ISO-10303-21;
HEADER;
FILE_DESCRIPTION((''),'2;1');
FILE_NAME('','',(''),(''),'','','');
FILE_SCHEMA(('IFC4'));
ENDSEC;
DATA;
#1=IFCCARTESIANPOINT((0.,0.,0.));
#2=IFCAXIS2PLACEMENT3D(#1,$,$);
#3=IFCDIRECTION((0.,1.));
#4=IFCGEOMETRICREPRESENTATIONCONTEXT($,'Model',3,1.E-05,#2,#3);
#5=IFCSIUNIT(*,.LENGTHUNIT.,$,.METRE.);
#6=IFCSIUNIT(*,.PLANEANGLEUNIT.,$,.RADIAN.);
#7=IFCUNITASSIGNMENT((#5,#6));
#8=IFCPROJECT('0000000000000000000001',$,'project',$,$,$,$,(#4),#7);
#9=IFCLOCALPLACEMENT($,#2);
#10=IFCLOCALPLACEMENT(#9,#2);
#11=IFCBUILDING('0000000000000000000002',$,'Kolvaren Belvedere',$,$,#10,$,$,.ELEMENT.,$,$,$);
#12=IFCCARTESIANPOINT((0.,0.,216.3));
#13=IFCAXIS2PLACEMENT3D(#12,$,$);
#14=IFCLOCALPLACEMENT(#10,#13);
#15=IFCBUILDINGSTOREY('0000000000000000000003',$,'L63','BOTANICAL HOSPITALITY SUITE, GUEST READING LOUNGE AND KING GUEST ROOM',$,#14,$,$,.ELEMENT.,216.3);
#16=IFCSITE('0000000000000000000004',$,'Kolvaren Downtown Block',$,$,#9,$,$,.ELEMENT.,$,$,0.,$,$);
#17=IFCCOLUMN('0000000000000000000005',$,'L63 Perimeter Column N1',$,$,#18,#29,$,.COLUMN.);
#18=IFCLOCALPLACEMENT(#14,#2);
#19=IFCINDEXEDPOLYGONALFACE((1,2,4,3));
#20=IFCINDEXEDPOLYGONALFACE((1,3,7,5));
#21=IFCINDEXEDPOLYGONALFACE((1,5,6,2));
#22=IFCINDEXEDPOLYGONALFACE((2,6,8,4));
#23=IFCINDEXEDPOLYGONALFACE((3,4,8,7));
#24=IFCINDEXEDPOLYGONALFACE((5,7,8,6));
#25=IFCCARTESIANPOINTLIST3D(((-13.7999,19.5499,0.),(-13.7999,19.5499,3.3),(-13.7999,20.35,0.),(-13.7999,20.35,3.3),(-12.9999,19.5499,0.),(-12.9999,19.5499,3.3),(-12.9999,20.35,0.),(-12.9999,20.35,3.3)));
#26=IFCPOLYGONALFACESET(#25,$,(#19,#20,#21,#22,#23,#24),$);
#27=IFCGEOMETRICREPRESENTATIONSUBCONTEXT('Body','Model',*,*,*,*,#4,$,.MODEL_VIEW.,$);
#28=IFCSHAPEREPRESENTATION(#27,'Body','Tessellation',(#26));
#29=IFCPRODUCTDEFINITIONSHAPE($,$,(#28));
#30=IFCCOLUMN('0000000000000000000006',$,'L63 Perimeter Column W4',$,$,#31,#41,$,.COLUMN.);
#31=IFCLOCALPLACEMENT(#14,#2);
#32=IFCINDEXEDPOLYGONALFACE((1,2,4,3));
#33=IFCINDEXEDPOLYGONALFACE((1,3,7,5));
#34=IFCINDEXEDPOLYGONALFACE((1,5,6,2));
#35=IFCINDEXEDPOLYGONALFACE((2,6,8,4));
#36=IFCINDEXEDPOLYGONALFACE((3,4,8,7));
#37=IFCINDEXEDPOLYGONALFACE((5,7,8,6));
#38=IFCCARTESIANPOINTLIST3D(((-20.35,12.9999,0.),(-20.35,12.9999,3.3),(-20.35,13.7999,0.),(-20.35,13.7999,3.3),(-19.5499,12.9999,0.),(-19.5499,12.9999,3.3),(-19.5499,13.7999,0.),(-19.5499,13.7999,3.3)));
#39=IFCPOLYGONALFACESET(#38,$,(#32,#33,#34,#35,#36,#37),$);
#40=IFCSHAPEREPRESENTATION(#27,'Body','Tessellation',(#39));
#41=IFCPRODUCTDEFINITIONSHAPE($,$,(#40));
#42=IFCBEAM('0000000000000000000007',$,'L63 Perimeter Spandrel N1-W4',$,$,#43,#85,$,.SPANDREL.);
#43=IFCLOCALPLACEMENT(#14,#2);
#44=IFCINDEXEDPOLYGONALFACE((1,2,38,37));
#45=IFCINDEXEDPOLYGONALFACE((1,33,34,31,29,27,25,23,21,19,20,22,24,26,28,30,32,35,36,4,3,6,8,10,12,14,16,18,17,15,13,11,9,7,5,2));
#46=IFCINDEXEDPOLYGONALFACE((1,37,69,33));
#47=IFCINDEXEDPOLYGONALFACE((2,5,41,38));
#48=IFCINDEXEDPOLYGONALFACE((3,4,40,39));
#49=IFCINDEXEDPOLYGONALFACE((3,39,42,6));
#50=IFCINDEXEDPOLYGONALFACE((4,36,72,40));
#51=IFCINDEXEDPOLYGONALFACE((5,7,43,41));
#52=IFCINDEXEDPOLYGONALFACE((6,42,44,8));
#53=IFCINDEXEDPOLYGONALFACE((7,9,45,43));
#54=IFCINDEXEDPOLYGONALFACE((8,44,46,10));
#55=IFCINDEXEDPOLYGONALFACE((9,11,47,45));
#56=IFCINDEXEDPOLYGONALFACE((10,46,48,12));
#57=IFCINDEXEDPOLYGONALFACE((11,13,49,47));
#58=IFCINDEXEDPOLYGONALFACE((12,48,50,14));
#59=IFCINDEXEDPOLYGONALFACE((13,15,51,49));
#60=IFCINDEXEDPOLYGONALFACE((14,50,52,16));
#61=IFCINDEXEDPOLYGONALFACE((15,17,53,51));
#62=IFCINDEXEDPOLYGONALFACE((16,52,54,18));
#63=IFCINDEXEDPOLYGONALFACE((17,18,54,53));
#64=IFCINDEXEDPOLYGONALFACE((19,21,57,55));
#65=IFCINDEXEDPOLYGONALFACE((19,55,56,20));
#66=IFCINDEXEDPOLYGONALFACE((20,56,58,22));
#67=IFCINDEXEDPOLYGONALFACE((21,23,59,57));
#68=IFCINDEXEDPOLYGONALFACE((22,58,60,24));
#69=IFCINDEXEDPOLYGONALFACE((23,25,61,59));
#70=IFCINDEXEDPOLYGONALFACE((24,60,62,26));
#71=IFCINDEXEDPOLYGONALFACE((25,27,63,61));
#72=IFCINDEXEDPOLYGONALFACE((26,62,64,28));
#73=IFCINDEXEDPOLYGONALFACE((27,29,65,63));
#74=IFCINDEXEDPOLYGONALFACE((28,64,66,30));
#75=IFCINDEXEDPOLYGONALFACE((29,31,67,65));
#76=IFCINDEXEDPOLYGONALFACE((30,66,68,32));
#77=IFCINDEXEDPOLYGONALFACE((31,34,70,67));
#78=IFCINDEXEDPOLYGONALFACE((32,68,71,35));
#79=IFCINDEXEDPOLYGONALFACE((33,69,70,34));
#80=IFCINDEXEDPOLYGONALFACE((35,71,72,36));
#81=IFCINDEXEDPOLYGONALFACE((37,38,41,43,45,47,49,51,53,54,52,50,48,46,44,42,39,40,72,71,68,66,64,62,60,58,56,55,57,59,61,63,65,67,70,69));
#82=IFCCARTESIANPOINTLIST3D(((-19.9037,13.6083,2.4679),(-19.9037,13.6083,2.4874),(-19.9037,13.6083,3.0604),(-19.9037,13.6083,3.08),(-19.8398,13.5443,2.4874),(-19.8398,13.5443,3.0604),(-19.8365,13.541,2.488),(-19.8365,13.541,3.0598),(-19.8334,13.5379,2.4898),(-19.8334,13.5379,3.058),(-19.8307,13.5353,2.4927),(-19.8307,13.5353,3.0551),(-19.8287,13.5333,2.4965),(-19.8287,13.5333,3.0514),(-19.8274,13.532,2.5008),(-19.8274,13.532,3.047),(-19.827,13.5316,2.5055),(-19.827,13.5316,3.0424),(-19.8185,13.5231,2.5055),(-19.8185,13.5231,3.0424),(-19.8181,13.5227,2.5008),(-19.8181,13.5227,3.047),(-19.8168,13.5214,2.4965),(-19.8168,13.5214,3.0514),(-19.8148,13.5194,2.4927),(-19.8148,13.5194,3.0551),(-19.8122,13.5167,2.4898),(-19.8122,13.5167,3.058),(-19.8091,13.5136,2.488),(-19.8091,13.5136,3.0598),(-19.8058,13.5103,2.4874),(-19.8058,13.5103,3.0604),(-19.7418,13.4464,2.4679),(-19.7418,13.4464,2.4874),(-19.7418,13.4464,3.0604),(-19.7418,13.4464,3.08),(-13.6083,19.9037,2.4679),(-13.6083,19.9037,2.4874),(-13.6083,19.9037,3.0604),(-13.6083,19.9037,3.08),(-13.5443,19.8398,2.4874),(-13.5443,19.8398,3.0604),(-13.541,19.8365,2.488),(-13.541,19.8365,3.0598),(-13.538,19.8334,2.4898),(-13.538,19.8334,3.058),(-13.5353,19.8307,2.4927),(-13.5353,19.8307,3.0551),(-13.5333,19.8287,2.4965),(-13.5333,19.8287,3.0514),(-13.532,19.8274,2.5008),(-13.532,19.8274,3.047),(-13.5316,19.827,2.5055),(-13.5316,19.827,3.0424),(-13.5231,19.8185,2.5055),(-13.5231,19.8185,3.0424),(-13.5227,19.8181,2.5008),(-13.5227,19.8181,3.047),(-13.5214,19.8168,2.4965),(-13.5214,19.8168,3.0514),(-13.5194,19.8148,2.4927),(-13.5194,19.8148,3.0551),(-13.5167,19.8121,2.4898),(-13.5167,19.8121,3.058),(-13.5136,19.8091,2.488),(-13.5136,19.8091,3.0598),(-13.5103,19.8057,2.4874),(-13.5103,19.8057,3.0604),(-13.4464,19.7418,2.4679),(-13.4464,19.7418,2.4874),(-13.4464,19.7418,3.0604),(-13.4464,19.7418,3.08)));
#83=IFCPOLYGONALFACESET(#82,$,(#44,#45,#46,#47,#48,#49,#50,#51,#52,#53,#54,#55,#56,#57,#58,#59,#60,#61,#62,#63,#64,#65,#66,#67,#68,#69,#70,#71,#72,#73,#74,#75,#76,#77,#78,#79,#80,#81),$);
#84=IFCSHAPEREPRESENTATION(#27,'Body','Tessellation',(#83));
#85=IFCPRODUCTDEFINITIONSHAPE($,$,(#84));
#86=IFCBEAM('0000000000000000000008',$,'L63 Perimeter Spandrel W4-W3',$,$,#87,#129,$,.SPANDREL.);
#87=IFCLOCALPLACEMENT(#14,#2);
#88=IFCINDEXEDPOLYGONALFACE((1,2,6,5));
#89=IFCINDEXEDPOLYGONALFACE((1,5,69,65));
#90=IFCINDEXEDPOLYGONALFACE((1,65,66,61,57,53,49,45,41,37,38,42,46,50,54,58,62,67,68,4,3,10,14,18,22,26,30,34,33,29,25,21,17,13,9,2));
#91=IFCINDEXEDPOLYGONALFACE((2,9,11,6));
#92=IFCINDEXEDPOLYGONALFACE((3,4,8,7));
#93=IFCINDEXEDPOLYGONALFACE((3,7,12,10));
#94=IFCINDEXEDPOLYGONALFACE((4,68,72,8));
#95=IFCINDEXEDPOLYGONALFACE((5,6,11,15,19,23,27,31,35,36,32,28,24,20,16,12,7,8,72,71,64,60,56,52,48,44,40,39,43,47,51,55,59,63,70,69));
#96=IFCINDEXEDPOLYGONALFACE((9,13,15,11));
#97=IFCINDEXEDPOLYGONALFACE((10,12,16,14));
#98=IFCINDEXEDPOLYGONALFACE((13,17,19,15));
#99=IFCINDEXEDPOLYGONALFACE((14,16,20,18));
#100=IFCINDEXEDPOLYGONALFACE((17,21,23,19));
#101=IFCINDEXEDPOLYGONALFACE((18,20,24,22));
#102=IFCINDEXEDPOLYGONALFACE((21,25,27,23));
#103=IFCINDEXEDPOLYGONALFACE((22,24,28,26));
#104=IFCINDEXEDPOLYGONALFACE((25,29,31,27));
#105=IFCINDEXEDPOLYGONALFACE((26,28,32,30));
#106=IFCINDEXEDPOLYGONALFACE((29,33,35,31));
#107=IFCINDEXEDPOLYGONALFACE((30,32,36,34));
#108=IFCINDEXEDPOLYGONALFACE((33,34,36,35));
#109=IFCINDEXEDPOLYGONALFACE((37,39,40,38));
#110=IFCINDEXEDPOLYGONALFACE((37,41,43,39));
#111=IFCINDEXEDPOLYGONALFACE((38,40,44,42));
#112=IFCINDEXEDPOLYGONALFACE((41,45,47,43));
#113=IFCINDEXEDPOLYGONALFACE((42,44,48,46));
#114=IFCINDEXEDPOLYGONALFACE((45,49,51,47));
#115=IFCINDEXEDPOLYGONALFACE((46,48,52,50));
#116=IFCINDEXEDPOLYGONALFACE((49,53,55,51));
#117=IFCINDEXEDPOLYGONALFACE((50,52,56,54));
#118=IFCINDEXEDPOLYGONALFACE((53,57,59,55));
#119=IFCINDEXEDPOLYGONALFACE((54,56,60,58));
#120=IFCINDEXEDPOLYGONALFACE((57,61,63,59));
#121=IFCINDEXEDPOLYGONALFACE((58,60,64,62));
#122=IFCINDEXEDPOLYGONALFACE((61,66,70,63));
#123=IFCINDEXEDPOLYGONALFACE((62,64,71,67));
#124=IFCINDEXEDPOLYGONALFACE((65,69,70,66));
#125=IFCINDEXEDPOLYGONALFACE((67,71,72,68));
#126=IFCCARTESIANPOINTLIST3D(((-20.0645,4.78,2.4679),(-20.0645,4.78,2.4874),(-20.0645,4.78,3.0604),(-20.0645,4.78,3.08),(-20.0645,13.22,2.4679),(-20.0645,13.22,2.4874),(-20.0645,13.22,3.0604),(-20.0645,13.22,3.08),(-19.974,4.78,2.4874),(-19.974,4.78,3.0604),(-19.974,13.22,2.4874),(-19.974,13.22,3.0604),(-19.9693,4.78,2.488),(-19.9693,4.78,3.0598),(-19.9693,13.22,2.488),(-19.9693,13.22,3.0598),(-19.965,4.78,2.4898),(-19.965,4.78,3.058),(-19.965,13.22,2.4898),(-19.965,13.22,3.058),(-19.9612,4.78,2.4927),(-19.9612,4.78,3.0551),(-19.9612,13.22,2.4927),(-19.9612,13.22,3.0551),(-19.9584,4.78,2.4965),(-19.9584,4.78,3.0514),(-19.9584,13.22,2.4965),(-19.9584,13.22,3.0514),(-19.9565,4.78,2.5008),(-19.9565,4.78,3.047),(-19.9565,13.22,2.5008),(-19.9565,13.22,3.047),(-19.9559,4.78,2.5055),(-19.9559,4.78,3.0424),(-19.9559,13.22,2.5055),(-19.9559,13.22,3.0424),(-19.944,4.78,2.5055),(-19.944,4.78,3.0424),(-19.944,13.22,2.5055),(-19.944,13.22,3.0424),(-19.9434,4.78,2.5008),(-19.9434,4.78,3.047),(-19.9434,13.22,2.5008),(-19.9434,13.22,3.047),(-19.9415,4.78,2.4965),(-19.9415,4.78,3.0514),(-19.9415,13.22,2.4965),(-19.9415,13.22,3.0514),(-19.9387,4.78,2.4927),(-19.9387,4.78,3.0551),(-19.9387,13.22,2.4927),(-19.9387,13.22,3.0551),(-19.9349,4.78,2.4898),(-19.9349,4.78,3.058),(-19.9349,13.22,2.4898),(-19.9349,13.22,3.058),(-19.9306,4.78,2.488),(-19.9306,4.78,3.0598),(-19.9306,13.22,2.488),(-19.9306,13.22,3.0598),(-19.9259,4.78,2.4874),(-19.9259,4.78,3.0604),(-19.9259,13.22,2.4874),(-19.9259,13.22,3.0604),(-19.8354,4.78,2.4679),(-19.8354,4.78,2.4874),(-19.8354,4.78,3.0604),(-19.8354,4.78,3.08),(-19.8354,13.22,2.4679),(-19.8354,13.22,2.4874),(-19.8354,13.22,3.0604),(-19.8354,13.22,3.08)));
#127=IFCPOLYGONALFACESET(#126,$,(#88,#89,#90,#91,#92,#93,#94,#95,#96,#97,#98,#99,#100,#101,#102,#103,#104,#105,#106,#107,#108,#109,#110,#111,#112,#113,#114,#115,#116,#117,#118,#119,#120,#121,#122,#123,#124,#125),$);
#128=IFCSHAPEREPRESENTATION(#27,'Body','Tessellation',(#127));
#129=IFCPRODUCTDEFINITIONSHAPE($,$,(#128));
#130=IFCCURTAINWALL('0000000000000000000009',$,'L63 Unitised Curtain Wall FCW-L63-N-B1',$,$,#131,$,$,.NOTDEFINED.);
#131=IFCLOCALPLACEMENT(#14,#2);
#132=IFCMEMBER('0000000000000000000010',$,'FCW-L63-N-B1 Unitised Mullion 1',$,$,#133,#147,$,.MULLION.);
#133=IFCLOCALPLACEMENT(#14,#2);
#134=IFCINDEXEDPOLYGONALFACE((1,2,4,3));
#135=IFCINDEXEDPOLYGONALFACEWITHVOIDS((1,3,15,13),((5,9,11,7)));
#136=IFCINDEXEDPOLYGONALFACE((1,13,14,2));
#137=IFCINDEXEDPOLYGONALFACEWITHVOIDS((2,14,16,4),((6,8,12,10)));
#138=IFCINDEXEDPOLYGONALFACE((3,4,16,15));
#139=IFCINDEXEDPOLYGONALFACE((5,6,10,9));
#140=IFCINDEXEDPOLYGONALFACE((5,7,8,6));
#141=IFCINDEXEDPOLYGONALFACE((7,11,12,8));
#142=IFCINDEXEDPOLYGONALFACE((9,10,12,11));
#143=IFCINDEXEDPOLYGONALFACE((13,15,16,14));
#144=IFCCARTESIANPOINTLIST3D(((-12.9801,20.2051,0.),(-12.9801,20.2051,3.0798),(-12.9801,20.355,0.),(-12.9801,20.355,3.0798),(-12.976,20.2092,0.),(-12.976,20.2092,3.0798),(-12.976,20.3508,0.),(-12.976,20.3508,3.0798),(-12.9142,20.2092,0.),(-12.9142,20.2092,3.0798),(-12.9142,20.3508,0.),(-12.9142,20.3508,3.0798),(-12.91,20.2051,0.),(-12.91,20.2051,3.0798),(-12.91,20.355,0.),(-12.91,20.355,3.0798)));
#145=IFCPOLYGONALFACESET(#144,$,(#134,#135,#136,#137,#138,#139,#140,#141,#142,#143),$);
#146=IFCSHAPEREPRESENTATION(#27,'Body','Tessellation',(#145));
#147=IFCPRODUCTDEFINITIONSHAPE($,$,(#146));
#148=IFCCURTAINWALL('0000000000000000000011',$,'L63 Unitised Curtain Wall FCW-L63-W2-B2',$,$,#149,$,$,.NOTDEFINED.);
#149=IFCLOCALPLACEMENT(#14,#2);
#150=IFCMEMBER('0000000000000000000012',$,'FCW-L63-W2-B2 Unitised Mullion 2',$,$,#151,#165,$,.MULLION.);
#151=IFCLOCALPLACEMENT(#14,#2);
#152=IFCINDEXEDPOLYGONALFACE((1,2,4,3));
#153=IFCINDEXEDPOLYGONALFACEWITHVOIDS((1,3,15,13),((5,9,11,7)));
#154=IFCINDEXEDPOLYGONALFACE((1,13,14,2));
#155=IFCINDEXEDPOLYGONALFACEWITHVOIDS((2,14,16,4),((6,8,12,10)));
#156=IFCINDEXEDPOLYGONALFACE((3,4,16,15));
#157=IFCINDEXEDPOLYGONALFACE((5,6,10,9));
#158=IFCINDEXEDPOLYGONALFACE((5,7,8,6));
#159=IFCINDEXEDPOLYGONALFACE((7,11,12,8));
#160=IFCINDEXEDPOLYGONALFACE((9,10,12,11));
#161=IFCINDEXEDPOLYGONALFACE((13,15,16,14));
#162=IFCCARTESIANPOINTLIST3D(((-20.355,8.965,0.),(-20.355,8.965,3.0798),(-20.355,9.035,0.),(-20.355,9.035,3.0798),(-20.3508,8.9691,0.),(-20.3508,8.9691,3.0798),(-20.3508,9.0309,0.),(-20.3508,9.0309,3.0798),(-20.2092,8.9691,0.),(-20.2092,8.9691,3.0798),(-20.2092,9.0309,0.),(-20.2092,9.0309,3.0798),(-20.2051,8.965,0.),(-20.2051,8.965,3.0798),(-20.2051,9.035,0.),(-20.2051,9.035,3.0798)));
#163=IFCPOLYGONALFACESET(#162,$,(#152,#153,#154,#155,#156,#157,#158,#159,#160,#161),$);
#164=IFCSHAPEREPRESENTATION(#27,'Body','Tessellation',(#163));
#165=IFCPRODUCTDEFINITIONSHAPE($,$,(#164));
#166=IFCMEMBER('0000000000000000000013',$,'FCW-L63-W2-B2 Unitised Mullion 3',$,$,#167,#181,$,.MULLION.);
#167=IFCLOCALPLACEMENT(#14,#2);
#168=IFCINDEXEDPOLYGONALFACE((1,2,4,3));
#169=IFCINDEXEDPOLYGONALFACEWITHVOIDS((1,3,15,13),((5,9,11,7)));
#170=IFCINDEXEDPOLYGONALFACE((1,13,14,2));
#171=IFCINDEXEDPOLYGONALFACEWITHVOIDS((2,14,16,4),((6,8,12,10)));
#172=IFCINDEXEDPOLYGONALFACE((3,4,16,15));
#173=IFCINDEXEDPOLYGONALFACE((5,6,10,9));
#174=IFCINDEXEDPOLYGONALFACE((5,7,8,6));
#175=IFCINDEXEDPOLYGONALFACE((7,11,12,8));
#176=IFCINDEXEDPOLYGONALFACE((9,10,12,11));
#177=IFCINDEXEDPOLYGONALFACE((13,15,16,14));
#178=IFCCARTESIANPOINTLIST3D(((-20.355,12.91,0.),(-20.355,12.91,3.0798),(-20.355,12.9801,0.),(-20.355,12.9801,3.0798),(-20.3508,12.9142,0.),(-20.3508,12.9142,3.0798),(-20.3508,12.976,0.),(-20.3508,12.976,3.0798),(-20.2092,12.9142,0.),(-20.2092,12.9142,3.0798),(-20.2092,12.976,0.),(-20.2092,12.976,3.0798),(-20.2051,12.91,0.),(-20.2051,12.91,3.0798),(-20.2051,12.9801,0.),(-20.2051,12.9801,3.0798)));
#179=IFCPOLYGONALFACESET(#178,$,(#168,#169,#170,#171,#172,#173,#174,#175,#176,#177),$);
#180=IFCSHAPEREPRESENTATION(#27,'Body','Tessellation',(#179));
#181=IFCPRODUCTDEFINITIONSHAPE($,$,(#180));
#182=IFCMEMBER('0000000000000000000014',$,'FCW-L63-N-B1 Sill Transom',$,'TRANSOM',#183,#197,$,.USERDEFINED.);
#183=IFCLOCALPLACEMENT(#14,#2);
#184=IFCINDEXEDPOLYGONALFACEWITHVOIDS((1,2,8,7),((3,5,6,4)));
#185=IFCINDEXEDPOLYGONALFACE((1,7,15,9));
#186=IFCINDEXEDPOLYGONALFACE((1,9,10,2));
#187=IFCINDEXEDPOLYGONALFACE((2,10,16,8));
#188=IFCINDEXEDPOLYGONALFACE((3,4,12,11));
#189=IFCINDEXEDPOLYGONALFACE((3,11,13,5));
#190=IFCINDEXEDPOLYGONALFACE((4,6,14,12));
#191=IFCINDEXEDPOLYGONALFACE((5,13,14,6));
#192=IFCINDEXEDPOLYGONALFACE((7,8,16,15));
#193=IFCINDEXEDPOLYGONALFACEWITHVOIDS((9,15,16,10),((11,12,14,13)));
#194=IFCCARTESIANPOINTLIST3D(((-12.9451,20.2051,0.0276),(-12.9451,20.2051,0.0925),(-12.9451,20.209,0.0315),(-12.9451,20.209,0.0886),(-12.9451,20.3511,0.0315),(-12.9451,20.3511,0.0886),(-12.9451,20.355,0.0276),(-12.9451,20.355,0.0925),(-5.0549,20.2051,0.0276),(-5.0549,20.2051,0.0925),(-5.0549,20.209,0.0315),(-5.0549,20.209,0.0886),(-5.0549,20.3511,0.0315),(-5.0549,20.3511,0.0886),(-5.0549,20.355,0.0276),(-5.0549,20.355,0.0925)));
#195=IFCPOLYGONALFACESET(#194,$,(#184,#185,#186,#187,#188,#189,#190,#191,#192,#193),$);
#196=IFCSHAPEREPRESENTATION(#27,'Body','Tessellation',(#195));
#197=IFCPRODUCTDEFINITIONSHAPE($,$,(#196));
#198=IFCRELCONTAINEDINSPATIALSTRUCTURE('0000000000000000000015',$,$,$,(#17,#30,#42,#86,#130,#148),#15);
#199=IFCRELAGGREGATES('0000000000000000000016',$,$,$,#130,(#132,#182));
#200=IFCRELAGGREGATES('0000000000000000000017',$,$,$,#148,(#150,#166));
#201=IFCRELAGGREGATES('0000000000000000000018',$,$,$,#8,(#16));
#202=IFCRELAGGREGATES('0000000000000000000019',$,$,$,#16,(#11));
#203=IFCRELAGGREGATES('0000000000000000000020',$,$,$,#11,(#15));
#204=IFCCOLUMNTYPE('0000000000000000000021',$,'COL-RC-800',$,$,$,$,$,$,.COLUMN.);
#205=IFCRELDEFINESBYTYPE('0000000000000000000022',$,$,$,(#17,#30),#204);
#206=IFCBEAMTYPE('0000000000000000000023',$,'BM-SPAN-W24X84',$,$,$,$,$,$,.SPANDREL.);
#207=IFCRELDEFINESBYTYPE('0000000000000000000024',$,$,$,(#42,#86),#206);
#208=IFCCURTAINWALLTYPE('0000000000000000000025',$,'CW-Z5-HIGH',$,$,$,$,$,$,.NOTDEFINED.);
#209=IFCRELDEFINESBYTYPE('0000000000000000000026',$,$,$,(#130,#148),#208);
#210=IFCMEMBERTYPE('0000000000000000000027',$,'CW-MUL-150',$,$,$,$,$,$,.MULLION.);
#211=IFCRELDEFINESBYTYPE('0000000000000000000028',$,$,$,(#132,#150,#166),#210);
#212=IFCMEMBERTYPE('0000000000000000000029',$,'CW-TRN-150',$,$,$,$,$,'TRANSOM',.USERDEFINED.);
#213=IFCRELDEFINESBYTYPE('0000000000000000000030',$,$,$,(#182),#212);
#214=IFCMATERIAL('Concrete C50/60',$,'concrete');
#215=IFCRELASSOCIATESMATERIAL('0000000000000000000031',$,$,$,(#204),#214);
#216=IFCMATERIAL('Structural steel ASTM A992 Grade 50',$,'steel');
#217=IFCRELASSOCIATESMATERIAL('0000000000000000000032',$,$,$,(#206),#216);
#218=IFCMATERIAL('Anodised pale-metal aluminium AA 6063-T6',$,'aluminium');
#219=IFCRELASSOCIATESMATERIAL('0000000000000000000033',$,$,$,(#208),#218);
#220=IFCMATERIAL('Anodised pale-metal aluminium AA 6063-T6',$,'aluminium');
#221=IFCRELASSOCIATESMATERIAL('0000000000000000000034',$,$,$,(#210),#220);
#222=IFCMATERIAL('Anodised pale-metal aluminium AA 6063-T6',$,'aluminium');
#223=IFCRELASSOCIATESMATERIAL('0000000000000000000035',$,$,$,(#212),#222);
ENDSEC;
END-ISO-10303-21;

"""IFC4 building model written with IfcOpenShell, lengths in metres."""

from ifc_helpers import new_model, si_unit, direction, frame, origin, origin_2d, place, context, subcontext, project, spatial, rectangle, hollow_rectangle, i_section, extrude, material, material_profile, profile_set, type_object, element, aggregate, save


model = new_model("IFC4")

# Units and contexts
model_context = context("Model", 3, precision=1e-05, world=origin(), true_north=direction((0.0, 1.0)))
body_context = subcontext(model_context, "Body", "Model", "MODEL_VIEW")
ifc_project = project(units=[si_unit("LENGTHUNIT", "METRE"), si_unit("PLANEANGLEUNIT", "RADIAN")], contexts=[model_context])

# Site, building, storey
site_placement = place(None, origin())
site = spatial("IfcSite", under=ifc_project, at=site_placement, Name="Kolvaren Downtown Block", CompositionType="ELEMENT", RefElevation=0.0)
building_placement = place(site_placement, origin())
building = spatial("IfcBuilding", under=site, at=building_placement, Name="Kolvaren Belvedere", CompositionType="ELEMENT")
storey_placement = place(building_placement, frame((0.0, 0.0, 216.3)))
storey = spatial("IfcBuildingStorey", under=building, at=storey_placement, Name="L63", Description="BOTANICAL HOSPITALITY SUITE, GUEST READING LOUNGE AND KING GUEST ROOM", CompositionType="ELEMENT", Elevation=216.3)

# Columns
ifc_material_1 = material(Name="Concrete C50/60", Category="concrete")
ifc_material_profile_1 = material_profile(ifc_material_1, rectangle(XDim=0.8, YDim=0.8, at=origin_2d()), Name="RC 800X800")
ifc_profile_set_1 = profile_set([ifc_material_profile_1], Name="Concrete C50/60")
column_type = type_object("IfcColumnType", Name="COL-RC-800", PredefinedType="COLUMN", material=ifc_profile_set_1)
for number, where, z_axis, x_axis, name in (
    (1, (-13.3999, 19.95, 0.0), (0.0, 0.0, 1.0), (1.0, 0.0, 0.0), "L63 Perimeter Column N1"),
    (2, (-19.95, 13.3999, 0.0), (0.0, 0.0, 1.0), (1.0, 0.0, 0.0), "L63 Perimeter Column W4"),
):
    element("IfcColumn", number, at=place(storey_placement, frame(where, z_axis=z_axis, x_axis=x_axis)), inside=storey, type_object=column_type, Name=name, PredefinedType="COLUMN", context=body_context, shape_type="SweptSolid", body=[
        extrude(rectangle(XDim=0.8, YDim=0.8, at=origin_2d()), origin(), (0.0, 0.0, 1.0), 3.3),
    ])

# Beams
ifc_material_2 = material(Name="Structural steel ASTM A992 Grade 50", Category="steel")
ifc_material_profile_2 = material_profile(ifc_material_2, i_section(OverallWidth=0.229, OverallDepth=0.6121, WebThickness=0.012, FlangeThickness=0.0195, FilletRadius=0.0181, at=origin_2d()), Name="W24X84")
ifc_profile_set_2 = profile_set([ifc_material_profile_2], Name="Structural steel ASTM A992 Grade 50")
beam_type = type_object("IfcBeamType", Name="BM-SPAN-W24X84", PredefinedType="SPANDREL", material=ifc_profile_set_2)
beam_1_placement = place(storey_placement, frame((-13.5273, 19.8228, 2.7739), z_axis=(-0.707107, -0.707107, 0.0), x_axis=(0.707107, -0.707107, 0.0)))
element("IfcBeam", 3, at=beam_1_placement, inside=storey, type_object=beam_type, Name="L63 Perimeter Spandrel N1-W4", PredefinedType="SPANDREL", context=body_context, shape_type="SweptSolid", body=[
    extrude(i_section(OverallWidth=0.229, OverallDepth=0.6121, WebThickness=0.012, FlangeThickness=0.0195, FilletRadius=0.0181, at=origin_2d()), origin(), (0.0, 0.0, 1.0), 8.9031),
])
beam_2_placement = place(storey_placement, frame((-19.95, 13.22, 2.7739), z_axis=(0.0, -1.0, 0.0), x_axis=(1.0, 0.0, 0.0)))
element("IfcBeam", 4, at=beam_2_placement, inside=storey, type_object=beam_type, Name="L63 Perimeter Spandrel W4-W3", PredefinedType="SPANDREL", context=body_context, shape_type="SweptSolid", body=[
    extrude(i_section(OverallWidth=0.229, OverallDepth=0.6121, WebThickness=0.012, FlangeThickness=0.0195, FilletRadius=0.0181, at=origin_2d()), origin(), (0.0, 0.0, 1.0), 8.4399),
])

# Curtain wall, member
ifc_material_3 = material(Name="Anodised pale-metal aluminium AA 6063-T6", Category="aluminium")
curtain_wall_type = type_object("IfcCurtainWallType", Name="CW-Z5-HIGH", PredefinedType="NOTDEFINED", material=ifc_material_3)
curtain_wall_1_placement = place(storey_placement, origin())
curtain_wall_1 = element("IfcCurtainWall", 5, at=curtain_wall_1_placement, inside=storey, type_object=curtain_wall_type, Name="L63 Unitised Curtain Wall FCW-L63-N-B1", PredefinedType="NOTDEFINED")
ifc_material_4 = material(Name="Anodised pale-metal aluminium AA 6063-T6", Category="aluminium")
ifc_material_profile_3 = material_profile(ifc_material_4, hollow_rectangle(XDim=0.0701, YDim=0.1499, WallThickness=0.0042, at=origin_2d()), Name="ALU-MUL-150X70")
ifc_profile_set_3 = profile_set([ifc_material_profile_3], Name="Anodised pale-metal aluminium AA 6063-T6")
member_type_1 = type_object("IfcMemberType", Name="CW-MUL-150", PredefinedType="MULLION", material=ifc_profile_set_3)
member_1_placement = place(storey_placement, frame((-12.9451, 20.28, 0.0), z_axis=(0.0, 0.0, 1.0), x_axis=(1.0, 0.0, 0.0)))
member_1 = element("IfcMember", 6, at=member_1_placement, type_object=member_type_1, Name="FCW-L63-N-B1 Unitised Mullion 1", PredefinedType="MULLION", context=body_context, shape_type="SweptSolid", body=[
    extrude(hollow_rectangle(XDim=0.0701, YDim=0.1499, WallThickness=0.0042, at=origin_2d()), origin(), (0.0, 0.0, 1.0), 3.0798),
])

# Curtain wall, members
curtain_wall_2_placement = place(storey_placement, origin())
curtain_wall_2 = element("IfcCurtainWall", 7, at=curtain_wall_2_placement, inside=storey, type_object=curtain_wall_type, Name="L63 Unitised Curtain Wall FCW-L63-W2-B2", PredefinedType="NOTDEFINED")
member_2_placement = place(storey_placement, frame((-20.28, 9.0, 0.0), z_axis=(0.0, 0.0, 1.0), x_axis=(0.0, 1.0, 0.0)))
member_2 = element("IfcMember", 8, at=member_2_placement, type_object=member_type_1, Name="FCW-L63-W2-B2 Unitised Mullion 2", PredefinedType="MULLION", context=body_context, shape_type="SweptSolid", body=[
    extrude(hollow_rectangle(XDim=0.0701, YDim=0.1499, WallThickness=0.0042, at=origin_2d()), origin(), (0.0, 0.0, 1.0), 3.0798),
])
member_3_placement = place(storey_placement, frame((-20.28, 12.9451, 0.0), z_axis=(0.0, 0.0, 1.0), x_axis=(0.0, 1.0, 0.0)))
member_3 = element("IfcMember", 9, at=member_3_placement, type_object=member_type_1, Name="FCW-L63-W2-B2 Unitised Mullion 3", PredefinedType="MULLION", context=body_context, shape_type="SweptSolid", body=[
    extrude(hollow_rectangle(XDim=0.0701, YDim=0.1499, WallThickness=0.0042, at=origin_2d()), origin(), (0.0, 0.0, 1.0), 3.0798),
])

# Member
ifc_material_5 = material(Name="Anodised pale-metal aluminium AA 6063-T6", Category="aluminium")
ifc_material_profile_4 = material_profile(ifc_material_5, hollow_rectangle(XDim=0.0649, YDim=0.1499, WallThickness=0.0039, at=origin_2d()), Name="ALU-TRN-150X65")
ifc_profile_set_4 = profile_set([ifc_material_profile_4], Name="Anodised pale-metal aluminium AA 6063-T6")
member_type_2 = type_object("IfcMemberType", Name="CW-TRN-150", ElementType="TRANSOM", PredefinedType="USERDEFINED", material=ifc_profile_set_4)
member_4_placement = place(storey_placement, frame((-12.9451, 20.28, 0.0601), z_axis=(1.0, 0.0, 0.0), x_axis=(0.0, 0.0, 1.0)))
member_4 = element("IfcMember", 10, at=member_4_placement, type_object=member_type_2, Name="FCW-L63-N-B1 Sill Transom", ObjectType="TRANSOM", PredefinedType="USERDEFINED", context=body_context, shape_type="SweptSolid", body=[
    extrude(hollow_rectangle(XDim=0.0649, YDim=0.1499, WallThickness=0.0039, at=origin_2d()), origin(), (0.0, 0.0, 1.0), 7.8901),
])
aggregate(curtain_wall_1, [member_1, member_4])

aggregate(curtain_wall_2, [member_2, member_3])

save(model, "model.ifc")
